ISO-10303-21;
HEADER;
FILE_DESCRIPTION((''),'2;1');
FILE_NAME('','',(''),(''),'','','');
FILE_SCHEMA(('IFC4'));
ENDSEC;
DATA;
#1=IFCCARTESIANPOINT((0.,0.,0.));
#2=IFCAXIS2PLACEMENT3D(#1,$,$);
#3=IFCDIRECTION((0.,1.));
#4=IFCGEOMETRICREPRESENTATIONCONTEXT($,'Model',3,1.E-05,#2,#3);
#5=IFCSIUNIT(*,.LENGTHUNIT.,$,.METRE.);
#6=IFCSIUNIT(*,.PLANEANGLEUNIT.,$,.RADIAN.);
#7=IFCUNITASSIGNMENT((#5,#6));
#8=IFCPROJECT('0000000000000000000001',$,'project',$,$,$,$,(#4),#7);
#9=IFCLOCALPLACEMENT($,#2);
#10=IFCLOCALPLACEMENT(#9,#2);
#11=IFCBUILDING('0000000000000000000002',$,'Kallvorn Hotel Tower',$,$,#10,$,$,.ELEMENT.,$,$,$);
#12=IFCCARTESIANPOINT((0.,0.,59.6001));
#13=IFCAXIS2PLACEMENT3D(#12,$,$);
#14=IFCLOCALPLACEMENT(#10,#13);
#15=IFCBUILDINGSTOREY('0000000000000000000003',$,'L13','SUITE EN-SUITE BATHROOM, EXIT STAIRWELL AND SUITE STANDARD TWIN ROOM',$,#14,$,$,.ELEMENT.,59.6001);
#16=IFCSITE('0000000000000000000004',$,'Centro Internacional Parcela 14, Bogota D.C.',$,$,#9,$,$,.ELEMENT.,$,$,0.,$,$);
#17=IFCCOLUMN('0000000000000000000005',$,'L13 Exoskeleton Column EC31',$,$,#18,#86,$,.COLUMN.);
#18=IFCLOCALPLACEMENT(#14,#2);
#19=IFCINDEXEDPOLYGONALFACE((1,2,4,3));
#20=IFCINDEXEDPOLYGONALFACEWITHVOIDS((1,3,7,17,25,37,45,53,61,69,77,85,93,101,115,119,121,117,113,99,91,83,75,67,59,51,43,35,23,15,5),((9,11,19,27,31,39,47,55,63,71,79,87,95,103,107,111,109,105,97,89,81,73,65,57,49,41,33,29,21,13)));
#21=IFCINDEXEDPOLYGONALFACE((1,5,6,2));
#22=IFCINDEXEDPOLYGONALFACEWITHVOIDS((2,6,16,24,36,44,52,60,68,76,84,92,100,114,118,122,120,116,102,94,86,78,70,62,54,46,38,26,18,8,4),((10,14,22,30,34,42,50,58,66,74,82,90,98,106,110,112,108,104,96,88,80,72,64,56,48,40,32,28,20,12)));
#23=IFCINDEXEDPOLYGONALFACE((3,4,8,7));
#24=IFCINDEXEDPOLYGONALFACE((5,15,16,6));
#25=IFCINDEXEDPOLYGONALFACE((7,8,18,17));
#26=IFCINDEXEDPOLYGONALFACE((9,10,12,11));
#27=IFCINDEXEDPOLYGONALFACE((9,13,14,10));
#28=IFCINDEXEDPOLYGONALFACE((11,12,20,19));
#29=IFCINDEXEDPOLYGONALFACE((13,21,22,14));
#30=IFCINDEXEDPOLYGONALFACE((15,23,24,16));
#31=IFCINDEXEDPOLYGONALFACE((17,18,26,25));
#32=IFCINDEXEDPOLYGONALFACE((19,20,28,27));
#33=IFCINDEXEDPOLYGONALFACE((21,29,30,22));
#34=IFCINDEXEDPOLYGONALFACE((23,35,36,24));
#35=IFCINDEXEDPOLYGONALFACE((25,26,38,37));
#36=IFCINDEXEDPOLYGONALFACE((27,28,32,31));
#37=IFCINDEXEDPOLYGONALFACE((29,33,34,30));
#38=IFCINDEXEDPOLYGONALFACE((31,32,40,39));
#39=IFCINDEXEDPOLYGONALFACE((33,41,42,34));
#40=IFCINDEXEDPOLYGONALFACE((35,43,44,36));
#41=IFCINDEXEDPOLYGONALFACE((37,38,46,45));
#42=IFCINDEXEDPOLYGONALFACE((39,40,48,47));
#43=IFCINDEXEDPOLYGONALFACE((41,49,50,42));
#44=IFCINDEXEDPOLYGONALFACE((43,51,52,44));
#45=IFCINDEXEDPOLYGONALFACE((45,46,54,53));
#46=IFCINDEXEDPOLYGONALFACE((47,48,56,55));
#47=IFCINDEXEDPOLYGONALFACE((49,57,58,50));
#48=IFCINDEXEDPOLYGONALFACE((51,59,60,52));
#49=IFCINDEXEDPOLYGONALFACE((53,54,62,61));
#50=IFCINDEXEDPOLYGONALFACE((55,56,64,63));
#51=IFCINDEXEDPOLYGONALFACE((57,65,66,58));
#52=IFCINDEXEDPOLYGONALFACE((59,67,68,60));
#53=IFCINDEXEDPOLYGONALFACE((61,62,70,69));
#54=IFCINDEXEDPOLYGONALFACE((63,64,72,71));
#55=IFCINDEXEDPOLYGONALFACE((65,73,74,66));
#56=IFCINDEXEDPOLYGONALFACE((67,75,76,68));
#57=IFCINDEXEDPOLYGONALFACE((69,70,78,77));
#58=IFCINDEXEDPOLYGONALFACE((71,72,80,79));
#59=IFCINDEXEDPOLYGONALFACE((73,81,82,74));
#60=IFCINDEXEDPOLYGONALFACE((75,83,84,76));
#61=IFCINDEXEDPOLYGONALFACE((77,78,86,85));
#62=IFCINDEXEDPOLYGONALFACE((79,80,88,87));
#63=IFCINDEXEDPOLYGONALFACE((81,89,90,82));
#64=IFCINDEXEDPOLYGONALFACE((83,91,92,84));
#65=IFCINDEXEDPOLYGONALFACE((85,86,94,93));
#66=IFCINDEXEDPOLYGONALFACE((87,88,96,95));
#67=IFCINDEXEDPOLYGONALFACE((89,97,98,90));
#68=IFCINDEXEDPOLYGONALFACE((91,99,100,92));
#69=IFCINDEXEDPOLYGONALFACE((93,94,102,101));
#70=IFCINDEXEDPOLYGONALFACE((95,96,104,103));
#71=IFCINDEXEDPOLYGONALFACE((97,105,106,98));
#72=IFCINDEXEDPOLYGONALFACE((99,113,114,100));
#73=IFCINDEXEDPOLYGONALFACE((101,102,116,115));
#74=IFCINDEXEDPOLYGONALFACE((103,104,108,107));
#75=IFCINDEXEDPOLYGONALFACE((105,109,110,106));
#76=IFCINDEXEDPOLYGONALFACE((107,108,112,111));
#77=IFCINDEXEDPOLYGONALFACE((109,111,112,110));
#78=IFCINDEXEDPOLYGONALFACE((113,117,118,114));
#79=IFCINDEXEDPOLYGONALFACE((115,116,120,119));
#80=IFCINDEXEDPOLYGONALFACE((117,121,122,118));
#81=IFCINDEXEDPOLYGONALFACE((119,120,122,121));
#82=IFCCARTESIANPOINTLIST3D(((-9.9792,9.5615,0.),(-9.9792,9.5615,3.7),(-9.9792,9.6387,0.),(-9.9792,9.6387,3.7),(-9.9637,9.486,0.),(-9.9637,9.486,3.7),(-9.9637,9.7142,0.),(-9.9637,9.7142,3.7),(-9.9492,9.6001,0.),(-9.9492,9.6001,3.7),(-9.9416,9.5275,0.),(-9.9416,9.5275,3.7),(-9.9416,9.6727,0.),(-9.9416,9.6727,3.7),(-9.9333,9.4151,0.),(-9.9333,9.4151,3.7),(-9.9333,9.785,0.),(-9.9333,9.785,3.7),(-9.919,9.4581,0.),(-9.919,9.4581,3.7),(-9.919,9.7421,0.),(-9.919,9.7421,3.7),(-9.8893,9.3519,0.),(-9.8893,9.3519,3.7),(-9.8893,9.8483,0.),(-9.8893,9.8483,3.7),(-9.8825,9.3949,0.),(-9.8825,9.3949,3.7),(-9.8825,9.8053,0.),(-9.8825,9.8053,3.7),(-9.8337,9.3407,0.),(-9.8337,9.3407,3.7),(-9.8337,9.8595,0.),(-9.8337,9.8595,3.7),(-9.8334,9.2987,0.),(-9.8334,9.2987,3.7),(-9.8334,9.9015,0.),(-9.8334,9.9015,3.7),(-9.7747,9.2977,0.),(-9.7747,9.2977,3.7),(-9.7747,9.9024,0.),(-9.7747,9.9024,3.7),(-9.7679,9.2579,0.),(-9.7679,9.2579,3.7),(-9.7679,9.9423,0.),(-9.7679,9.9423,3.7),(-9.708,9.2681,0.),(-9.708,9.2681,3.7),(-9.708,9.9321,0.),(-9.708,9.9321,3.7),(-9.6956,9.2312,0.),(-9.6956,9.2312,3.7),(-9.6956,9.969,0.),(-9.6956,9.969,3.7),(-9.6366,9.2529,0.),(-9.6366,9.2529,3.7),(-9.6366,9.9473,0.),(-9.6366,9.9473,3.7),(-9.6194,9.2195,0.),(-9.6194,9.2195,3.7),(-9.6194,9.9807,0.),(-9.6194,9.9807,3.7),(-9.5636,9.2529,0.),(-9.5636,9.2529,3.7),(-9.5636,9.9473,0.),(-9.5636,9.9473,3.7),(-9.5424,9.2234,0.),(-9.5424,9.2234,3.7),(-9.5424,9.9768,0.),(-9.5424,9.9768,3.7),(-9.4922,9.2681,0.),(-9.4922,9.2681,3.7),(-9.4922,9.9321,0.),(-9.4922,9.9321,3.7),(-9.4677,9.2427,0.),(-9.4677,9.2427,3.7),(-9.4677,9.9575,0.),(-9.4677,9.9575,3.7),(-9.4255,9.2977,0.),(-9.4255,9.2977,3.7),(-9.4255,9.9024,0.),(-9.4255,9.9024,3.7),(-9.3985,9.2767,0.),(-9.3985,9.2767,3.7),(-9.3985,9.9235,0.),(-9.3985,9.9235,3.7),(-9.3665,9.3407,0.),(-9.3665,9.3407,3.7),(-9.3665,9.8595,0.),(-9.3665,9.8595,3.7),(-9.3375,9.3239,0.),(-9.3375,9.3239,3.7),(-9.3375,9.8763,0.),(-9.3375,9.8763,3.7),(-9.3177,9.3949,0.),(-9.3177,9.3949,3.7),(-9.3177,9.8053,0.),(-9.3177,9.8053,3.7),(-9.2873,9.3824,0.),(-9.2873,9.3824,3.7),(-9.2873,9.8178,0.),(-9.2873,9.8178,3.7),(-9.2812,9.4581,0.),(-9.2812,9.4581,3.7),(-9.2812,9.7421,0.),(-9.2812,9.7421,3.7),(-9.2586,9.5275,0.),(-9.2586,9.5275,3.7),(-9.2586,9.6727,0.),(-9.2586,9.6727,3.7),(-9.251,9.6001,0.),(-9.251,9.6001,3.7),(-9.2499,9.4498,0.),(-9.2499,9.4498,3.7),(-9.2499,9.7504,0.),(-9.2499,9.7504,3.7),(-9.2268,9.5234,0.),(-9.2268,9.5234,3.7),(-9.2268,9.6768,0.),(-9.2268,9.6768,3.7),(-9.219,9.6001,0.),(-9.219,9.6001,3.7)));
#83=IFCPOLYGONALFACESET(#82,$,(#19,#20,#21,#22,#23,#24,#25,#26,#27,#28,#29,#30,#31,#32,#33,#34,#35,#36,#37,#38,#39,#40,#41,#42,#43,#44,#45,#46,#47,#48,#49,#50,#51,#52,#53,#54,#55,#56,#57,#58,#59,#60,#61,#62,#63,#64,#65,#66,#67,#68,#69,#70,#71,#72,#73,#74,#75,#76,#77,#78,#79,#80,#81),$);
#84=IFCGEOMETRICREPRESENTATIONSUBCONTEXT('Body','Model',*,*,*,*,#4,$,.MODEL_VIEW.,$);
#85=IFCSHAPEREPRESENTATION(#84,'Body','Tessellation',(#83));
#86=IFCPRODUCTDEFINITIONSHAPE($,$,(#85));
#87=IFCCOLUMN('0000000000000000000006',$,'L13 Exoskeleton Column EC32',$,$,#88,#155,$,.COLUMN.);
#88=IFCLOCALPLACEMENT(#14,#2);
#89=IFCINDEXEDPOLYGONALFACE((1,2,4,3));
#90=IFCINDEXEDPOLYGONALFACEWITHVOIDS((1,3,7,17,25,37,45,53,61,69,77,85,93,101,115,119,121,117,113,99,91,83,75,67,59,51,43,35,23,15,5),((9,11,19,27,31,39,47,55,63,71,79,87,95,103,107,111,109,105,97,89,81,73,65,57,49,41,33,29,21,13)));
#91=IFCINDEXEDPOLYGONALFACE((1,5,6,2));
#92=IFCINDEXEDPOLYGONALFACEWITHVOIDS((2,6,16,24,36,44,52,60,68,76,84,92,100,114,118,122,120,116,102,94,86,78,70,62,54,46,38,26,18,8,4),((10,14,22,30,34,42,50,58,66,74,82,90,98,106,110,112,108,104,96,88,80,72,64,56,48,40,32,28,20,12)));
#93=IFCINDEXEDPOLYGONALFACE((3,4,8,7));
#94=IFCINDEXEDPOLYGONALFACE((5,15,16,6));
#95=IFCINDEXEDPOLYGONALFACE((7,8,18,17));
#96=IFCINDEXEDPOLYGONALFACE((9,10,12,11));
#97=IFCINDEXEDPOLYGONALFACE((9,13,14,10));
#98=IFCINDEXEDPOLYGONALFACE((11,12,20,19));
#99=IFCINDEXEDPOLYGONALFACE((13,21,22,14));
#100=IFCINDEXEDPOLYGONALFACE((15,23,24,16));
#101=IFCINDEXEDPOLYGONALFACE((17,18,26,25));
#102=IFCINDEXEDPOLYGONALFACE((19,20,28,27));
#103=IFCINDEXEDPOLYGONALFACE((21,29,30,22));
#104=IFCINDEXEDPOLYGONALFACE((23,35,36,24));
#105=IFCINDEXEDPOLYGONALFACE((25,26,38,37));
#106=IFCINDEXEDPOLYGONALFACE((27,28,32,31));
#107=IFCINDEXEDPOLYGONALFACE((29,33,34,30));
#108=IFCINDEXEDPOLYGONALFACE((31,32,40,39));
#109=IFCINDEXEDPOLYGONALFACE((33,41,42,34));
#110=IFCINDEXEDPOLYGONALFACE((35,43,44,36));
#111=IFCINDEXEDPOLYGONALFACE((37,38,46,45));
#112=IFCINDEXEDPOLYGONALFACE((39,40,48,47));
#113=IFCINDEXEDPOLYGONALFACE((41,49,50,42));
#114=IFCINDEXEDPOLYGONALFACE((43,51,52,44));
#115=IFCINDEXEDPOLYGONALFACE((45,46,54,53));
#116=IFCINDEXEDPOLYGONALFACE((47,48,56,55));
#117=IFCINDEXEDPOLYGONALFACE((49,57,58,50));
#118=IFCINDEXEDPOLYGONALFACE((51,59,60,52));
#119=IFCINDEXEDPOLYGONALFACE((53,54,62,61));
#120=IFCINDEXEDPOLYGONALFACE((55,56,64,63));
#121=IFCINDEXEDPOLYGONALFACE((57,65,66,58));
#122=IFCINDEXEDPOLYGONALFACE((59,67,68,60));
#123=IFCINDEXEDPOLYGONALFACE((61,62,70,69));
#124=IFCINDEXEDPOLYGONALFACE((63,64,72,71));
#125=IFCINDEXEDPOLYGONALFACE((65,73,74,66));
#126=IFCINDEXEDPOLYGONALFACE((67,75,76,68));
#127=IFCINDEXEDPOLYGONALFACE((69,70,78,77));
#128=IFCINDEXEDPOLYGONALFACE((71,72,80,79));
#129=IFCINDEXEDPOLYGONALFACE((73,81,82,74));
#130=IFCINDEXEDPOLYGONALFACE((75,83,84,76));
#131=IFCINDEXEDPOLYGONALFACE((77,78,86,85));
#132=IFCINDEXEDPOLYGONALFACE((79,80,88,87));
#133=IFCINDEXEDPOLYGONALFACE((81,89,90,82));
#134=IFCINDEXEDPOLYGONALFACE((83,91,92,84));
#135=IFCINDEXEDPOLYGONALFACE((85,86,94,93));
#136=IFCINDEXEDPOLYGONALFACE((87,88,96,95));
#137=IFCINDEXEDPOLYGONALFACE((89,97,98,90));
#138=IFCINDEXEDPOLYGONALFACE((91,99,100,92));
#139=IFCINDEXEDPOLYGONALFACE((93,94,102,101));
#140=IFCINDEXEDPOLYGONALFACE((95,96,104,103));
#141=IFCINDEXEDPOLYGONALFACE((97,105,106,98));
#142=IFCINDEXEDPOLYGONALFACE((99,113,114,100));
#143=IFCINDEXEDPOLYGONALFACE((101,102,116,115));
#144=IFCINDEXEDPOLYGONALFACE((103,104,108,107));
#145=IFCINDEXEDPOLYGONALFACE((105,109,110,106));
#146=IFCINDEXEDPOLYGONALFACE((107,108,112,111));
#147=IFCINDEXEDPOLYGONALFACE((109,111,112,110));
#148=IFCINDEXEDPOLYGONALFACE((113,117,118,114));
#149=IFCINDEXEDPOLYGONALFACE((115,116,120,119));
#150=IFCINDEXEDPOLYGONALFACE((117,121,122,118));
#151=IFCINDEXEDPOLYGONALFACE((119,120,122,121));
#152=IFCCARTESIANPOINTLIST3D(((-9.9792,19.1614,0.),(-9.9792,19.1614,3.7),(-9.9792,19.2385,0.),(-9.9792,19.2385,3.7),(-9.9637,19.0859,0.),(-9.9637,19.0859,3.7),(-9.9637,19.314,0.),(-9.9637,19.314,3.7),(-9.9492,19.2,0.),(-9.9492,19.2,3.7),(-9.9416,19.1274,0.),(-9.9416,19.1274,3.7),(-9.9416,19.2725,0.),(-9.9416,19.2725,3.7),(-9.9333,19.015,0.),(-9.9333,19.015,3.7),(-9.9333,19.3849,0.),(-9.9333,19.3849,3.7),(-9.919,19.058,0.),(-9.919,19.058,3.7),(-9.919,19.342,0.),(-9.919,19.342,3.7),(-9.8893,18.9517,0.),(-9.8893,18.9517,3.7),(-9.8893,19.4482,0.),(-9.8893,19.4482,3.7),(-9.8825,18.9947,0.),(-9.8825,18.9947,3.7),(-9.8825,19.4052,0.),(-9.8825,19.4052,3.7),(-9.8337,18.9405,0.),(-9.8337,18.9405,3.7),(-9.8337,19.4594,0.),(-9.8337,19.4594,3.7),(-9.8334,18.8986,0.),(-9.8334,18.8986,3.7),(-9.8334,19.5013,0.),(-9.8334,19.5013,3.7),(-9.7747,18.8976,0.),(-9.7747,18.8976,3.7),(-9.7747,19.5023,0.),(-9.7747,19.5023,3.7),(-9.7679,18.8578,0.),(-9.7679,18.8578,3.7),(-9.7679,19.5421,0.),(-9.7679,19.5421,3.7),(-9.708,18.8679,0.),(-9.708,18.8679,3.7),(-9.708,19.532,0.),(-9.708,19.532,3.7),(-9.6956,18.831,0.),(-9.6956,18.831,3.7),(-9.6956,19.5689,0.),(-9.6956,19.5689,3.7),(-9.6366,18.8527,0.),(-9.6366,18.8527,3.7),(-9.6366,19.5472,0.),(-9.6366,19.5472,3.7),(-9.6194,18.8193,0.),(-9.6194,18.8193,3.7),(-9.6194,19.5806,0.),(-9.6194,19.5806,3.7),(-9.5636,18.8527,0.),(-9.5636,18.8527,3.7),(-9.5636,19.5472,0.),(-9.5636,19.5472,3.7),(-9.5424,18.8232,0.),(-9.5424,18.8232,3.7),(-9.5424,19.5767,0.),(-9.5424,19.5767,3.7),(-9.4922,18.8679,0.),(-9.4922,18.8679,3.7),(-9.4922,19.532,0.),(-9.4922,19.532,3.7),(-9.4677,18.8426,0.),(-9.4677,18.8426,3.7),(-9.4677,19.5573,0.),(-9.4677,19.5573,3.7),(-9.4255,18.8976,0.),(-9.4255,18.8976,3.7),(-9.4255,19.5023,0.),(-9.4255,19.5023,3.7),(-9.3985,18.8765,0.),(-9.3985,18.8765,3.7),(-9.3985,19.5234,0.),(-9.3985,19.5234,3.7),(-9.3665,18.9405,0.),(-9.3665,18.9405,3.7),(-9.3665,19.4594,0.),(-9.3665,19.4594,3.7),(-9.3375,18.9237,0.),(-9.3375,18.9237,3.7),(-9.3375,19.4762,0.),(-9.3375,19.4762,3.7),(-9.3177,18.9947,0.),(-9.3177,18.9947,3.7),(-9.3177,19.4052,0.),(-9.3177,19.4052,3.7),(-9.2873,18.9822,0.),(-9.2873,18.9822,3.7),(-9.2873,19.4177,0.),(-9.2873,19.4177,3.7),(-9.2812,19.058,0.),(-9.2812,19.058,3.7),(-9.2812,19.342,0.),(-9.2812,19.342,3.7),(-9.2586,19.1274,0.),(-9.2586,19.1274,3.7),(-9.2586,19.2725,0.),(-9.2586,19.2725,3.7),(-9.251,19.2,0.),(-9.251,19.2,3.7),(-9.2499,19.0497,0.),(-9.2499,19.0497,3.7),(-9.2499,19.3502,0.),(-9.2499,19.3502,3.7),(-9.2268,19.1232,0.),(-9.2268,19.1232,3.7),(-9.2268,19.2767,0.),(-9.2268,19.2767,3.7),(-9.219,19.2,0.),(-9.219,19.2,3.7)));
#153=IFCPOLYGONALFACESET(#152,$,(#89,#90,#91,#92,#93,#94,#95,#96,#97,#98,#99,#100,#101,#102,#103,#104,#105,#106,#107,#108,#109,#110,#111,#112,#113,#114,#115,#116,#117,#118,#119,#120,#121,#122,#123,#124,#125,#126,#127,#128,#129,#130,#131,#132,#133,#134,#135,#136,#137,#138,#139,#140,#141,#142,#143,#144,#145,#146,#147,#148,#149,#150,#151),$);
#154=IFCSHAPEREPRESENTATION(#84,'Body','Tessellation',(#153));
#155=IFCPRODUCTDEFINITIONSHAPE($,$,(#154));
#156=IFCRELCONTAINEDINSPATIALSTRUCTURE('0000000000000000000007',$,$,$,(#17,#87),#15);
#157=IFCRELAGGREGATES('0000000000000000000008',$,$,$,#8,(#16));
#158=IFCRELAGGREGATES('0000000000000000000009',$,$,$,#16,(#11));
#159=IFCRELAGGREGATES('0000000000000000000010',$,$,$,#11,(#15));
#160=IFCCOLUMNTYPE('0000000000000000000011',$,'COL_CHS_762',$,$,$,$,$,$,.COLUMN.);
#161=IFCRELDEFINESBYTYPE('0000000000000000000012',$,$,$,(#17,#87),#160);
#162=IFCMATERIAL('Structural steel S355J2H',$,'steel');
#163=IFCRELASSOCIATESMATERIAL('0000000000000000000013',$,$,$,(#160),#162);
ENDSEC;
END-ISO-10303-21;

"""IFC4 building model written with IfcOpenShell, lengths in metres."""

from ifc_helpers import new_model, si_unit, direction, frame, origin, origin_2d, place, context, subcontext, project, spatial, hollow_circle, extrude, material, material_profile, profile_set, type_object, element, save


model = new_model("IFC4")

# Units and contexts
model_context = context("Model", 3, precision=1e-05, world=origin(), true_north=direction((0.0, 1.0)))
body_context = subcontext(model_context, "Body", "Model", "MODEL_VIEW")
ifc_project = project(units=[si_unit("LENGTHUNIT", "METRE"), si_unit("PLANEANGLEUNIT", "RADIAN")], contexts=[model_context])

# Site, building, storey
site_placement = place(None, origin())
site = spatial("IfcSite", under=ifc_project, at=site_placement, Name="Centro Internacional Parcela 14, Bogota D.C.", CompositionType="ELEMENT", RefElevation=0.0)
building_placement = place(site_placement, origin())
building = spatial("IfcBuilding", under=site, at=building_placement, Name="Kallvorn Hotel Tower", CompositionType="ELEMENT")
storey_placement = place(building_placement, frame((0.0, 0.0, 59.6001)))
storey = spatial("IfcBuildingStorey", under=building, at=storey_placement, Name="L13", Description="SUITE EN-SUITE BATHROOM, EXIT STAIRWELL AND SUITE STANDARD TWIN ROOM", CompositionType="ELEMENT", Elevation=59.6001)

# Columns
ifc_material_1 = material(Name="Structural steel S355J2H", Category="steel")
ifc_material_profile_1 = material_profile(ifc_material_1, hollow_circle(Radius=0.3811, WallThickness=0.032, at=origin_2d()), Name="CHS 762x32")
ifc_profile_set_1 = profile_set([ifc_material_profile_1], Name="Structural steel S355J2H")
column_type_1 = type_object("IfcColumnType", Name="COL_CHS_762", PredefinedType="COLUMN", material=ifc_profile_set_1)
for number, where, z_axis, x_axis, name in (
    (1, (-9.6001, 9.6001, 0.0), (0.0, 0.0, 1.0), (1.0, 0.0, 0.0), "L13 Exoskeleton Column EC31"),
    (2, (-9.6001, 19.2, 0.0), (0.0, 0.0, 1.0), (1.0, 0.0, 0.0), "L13 Exoskeleton Column EC32"),
):
    element("IfcColumn", number, at=place(storey_placement, frame(where, z_axis=z_axis, x_axis=x_axis)), inside=storey, type_object=column_type_1, Name=name, PredefinedType="COLUMN", context=body_context, shape_type="SweptSolid", body=[
        extrude(hollow_circle(Radius=0.3811, WallThickness=0.032, at=origin_2d()), origin(), (0.0, 0.0, 1.0), 3.7),
    ])

save(model, "model.ifc")
